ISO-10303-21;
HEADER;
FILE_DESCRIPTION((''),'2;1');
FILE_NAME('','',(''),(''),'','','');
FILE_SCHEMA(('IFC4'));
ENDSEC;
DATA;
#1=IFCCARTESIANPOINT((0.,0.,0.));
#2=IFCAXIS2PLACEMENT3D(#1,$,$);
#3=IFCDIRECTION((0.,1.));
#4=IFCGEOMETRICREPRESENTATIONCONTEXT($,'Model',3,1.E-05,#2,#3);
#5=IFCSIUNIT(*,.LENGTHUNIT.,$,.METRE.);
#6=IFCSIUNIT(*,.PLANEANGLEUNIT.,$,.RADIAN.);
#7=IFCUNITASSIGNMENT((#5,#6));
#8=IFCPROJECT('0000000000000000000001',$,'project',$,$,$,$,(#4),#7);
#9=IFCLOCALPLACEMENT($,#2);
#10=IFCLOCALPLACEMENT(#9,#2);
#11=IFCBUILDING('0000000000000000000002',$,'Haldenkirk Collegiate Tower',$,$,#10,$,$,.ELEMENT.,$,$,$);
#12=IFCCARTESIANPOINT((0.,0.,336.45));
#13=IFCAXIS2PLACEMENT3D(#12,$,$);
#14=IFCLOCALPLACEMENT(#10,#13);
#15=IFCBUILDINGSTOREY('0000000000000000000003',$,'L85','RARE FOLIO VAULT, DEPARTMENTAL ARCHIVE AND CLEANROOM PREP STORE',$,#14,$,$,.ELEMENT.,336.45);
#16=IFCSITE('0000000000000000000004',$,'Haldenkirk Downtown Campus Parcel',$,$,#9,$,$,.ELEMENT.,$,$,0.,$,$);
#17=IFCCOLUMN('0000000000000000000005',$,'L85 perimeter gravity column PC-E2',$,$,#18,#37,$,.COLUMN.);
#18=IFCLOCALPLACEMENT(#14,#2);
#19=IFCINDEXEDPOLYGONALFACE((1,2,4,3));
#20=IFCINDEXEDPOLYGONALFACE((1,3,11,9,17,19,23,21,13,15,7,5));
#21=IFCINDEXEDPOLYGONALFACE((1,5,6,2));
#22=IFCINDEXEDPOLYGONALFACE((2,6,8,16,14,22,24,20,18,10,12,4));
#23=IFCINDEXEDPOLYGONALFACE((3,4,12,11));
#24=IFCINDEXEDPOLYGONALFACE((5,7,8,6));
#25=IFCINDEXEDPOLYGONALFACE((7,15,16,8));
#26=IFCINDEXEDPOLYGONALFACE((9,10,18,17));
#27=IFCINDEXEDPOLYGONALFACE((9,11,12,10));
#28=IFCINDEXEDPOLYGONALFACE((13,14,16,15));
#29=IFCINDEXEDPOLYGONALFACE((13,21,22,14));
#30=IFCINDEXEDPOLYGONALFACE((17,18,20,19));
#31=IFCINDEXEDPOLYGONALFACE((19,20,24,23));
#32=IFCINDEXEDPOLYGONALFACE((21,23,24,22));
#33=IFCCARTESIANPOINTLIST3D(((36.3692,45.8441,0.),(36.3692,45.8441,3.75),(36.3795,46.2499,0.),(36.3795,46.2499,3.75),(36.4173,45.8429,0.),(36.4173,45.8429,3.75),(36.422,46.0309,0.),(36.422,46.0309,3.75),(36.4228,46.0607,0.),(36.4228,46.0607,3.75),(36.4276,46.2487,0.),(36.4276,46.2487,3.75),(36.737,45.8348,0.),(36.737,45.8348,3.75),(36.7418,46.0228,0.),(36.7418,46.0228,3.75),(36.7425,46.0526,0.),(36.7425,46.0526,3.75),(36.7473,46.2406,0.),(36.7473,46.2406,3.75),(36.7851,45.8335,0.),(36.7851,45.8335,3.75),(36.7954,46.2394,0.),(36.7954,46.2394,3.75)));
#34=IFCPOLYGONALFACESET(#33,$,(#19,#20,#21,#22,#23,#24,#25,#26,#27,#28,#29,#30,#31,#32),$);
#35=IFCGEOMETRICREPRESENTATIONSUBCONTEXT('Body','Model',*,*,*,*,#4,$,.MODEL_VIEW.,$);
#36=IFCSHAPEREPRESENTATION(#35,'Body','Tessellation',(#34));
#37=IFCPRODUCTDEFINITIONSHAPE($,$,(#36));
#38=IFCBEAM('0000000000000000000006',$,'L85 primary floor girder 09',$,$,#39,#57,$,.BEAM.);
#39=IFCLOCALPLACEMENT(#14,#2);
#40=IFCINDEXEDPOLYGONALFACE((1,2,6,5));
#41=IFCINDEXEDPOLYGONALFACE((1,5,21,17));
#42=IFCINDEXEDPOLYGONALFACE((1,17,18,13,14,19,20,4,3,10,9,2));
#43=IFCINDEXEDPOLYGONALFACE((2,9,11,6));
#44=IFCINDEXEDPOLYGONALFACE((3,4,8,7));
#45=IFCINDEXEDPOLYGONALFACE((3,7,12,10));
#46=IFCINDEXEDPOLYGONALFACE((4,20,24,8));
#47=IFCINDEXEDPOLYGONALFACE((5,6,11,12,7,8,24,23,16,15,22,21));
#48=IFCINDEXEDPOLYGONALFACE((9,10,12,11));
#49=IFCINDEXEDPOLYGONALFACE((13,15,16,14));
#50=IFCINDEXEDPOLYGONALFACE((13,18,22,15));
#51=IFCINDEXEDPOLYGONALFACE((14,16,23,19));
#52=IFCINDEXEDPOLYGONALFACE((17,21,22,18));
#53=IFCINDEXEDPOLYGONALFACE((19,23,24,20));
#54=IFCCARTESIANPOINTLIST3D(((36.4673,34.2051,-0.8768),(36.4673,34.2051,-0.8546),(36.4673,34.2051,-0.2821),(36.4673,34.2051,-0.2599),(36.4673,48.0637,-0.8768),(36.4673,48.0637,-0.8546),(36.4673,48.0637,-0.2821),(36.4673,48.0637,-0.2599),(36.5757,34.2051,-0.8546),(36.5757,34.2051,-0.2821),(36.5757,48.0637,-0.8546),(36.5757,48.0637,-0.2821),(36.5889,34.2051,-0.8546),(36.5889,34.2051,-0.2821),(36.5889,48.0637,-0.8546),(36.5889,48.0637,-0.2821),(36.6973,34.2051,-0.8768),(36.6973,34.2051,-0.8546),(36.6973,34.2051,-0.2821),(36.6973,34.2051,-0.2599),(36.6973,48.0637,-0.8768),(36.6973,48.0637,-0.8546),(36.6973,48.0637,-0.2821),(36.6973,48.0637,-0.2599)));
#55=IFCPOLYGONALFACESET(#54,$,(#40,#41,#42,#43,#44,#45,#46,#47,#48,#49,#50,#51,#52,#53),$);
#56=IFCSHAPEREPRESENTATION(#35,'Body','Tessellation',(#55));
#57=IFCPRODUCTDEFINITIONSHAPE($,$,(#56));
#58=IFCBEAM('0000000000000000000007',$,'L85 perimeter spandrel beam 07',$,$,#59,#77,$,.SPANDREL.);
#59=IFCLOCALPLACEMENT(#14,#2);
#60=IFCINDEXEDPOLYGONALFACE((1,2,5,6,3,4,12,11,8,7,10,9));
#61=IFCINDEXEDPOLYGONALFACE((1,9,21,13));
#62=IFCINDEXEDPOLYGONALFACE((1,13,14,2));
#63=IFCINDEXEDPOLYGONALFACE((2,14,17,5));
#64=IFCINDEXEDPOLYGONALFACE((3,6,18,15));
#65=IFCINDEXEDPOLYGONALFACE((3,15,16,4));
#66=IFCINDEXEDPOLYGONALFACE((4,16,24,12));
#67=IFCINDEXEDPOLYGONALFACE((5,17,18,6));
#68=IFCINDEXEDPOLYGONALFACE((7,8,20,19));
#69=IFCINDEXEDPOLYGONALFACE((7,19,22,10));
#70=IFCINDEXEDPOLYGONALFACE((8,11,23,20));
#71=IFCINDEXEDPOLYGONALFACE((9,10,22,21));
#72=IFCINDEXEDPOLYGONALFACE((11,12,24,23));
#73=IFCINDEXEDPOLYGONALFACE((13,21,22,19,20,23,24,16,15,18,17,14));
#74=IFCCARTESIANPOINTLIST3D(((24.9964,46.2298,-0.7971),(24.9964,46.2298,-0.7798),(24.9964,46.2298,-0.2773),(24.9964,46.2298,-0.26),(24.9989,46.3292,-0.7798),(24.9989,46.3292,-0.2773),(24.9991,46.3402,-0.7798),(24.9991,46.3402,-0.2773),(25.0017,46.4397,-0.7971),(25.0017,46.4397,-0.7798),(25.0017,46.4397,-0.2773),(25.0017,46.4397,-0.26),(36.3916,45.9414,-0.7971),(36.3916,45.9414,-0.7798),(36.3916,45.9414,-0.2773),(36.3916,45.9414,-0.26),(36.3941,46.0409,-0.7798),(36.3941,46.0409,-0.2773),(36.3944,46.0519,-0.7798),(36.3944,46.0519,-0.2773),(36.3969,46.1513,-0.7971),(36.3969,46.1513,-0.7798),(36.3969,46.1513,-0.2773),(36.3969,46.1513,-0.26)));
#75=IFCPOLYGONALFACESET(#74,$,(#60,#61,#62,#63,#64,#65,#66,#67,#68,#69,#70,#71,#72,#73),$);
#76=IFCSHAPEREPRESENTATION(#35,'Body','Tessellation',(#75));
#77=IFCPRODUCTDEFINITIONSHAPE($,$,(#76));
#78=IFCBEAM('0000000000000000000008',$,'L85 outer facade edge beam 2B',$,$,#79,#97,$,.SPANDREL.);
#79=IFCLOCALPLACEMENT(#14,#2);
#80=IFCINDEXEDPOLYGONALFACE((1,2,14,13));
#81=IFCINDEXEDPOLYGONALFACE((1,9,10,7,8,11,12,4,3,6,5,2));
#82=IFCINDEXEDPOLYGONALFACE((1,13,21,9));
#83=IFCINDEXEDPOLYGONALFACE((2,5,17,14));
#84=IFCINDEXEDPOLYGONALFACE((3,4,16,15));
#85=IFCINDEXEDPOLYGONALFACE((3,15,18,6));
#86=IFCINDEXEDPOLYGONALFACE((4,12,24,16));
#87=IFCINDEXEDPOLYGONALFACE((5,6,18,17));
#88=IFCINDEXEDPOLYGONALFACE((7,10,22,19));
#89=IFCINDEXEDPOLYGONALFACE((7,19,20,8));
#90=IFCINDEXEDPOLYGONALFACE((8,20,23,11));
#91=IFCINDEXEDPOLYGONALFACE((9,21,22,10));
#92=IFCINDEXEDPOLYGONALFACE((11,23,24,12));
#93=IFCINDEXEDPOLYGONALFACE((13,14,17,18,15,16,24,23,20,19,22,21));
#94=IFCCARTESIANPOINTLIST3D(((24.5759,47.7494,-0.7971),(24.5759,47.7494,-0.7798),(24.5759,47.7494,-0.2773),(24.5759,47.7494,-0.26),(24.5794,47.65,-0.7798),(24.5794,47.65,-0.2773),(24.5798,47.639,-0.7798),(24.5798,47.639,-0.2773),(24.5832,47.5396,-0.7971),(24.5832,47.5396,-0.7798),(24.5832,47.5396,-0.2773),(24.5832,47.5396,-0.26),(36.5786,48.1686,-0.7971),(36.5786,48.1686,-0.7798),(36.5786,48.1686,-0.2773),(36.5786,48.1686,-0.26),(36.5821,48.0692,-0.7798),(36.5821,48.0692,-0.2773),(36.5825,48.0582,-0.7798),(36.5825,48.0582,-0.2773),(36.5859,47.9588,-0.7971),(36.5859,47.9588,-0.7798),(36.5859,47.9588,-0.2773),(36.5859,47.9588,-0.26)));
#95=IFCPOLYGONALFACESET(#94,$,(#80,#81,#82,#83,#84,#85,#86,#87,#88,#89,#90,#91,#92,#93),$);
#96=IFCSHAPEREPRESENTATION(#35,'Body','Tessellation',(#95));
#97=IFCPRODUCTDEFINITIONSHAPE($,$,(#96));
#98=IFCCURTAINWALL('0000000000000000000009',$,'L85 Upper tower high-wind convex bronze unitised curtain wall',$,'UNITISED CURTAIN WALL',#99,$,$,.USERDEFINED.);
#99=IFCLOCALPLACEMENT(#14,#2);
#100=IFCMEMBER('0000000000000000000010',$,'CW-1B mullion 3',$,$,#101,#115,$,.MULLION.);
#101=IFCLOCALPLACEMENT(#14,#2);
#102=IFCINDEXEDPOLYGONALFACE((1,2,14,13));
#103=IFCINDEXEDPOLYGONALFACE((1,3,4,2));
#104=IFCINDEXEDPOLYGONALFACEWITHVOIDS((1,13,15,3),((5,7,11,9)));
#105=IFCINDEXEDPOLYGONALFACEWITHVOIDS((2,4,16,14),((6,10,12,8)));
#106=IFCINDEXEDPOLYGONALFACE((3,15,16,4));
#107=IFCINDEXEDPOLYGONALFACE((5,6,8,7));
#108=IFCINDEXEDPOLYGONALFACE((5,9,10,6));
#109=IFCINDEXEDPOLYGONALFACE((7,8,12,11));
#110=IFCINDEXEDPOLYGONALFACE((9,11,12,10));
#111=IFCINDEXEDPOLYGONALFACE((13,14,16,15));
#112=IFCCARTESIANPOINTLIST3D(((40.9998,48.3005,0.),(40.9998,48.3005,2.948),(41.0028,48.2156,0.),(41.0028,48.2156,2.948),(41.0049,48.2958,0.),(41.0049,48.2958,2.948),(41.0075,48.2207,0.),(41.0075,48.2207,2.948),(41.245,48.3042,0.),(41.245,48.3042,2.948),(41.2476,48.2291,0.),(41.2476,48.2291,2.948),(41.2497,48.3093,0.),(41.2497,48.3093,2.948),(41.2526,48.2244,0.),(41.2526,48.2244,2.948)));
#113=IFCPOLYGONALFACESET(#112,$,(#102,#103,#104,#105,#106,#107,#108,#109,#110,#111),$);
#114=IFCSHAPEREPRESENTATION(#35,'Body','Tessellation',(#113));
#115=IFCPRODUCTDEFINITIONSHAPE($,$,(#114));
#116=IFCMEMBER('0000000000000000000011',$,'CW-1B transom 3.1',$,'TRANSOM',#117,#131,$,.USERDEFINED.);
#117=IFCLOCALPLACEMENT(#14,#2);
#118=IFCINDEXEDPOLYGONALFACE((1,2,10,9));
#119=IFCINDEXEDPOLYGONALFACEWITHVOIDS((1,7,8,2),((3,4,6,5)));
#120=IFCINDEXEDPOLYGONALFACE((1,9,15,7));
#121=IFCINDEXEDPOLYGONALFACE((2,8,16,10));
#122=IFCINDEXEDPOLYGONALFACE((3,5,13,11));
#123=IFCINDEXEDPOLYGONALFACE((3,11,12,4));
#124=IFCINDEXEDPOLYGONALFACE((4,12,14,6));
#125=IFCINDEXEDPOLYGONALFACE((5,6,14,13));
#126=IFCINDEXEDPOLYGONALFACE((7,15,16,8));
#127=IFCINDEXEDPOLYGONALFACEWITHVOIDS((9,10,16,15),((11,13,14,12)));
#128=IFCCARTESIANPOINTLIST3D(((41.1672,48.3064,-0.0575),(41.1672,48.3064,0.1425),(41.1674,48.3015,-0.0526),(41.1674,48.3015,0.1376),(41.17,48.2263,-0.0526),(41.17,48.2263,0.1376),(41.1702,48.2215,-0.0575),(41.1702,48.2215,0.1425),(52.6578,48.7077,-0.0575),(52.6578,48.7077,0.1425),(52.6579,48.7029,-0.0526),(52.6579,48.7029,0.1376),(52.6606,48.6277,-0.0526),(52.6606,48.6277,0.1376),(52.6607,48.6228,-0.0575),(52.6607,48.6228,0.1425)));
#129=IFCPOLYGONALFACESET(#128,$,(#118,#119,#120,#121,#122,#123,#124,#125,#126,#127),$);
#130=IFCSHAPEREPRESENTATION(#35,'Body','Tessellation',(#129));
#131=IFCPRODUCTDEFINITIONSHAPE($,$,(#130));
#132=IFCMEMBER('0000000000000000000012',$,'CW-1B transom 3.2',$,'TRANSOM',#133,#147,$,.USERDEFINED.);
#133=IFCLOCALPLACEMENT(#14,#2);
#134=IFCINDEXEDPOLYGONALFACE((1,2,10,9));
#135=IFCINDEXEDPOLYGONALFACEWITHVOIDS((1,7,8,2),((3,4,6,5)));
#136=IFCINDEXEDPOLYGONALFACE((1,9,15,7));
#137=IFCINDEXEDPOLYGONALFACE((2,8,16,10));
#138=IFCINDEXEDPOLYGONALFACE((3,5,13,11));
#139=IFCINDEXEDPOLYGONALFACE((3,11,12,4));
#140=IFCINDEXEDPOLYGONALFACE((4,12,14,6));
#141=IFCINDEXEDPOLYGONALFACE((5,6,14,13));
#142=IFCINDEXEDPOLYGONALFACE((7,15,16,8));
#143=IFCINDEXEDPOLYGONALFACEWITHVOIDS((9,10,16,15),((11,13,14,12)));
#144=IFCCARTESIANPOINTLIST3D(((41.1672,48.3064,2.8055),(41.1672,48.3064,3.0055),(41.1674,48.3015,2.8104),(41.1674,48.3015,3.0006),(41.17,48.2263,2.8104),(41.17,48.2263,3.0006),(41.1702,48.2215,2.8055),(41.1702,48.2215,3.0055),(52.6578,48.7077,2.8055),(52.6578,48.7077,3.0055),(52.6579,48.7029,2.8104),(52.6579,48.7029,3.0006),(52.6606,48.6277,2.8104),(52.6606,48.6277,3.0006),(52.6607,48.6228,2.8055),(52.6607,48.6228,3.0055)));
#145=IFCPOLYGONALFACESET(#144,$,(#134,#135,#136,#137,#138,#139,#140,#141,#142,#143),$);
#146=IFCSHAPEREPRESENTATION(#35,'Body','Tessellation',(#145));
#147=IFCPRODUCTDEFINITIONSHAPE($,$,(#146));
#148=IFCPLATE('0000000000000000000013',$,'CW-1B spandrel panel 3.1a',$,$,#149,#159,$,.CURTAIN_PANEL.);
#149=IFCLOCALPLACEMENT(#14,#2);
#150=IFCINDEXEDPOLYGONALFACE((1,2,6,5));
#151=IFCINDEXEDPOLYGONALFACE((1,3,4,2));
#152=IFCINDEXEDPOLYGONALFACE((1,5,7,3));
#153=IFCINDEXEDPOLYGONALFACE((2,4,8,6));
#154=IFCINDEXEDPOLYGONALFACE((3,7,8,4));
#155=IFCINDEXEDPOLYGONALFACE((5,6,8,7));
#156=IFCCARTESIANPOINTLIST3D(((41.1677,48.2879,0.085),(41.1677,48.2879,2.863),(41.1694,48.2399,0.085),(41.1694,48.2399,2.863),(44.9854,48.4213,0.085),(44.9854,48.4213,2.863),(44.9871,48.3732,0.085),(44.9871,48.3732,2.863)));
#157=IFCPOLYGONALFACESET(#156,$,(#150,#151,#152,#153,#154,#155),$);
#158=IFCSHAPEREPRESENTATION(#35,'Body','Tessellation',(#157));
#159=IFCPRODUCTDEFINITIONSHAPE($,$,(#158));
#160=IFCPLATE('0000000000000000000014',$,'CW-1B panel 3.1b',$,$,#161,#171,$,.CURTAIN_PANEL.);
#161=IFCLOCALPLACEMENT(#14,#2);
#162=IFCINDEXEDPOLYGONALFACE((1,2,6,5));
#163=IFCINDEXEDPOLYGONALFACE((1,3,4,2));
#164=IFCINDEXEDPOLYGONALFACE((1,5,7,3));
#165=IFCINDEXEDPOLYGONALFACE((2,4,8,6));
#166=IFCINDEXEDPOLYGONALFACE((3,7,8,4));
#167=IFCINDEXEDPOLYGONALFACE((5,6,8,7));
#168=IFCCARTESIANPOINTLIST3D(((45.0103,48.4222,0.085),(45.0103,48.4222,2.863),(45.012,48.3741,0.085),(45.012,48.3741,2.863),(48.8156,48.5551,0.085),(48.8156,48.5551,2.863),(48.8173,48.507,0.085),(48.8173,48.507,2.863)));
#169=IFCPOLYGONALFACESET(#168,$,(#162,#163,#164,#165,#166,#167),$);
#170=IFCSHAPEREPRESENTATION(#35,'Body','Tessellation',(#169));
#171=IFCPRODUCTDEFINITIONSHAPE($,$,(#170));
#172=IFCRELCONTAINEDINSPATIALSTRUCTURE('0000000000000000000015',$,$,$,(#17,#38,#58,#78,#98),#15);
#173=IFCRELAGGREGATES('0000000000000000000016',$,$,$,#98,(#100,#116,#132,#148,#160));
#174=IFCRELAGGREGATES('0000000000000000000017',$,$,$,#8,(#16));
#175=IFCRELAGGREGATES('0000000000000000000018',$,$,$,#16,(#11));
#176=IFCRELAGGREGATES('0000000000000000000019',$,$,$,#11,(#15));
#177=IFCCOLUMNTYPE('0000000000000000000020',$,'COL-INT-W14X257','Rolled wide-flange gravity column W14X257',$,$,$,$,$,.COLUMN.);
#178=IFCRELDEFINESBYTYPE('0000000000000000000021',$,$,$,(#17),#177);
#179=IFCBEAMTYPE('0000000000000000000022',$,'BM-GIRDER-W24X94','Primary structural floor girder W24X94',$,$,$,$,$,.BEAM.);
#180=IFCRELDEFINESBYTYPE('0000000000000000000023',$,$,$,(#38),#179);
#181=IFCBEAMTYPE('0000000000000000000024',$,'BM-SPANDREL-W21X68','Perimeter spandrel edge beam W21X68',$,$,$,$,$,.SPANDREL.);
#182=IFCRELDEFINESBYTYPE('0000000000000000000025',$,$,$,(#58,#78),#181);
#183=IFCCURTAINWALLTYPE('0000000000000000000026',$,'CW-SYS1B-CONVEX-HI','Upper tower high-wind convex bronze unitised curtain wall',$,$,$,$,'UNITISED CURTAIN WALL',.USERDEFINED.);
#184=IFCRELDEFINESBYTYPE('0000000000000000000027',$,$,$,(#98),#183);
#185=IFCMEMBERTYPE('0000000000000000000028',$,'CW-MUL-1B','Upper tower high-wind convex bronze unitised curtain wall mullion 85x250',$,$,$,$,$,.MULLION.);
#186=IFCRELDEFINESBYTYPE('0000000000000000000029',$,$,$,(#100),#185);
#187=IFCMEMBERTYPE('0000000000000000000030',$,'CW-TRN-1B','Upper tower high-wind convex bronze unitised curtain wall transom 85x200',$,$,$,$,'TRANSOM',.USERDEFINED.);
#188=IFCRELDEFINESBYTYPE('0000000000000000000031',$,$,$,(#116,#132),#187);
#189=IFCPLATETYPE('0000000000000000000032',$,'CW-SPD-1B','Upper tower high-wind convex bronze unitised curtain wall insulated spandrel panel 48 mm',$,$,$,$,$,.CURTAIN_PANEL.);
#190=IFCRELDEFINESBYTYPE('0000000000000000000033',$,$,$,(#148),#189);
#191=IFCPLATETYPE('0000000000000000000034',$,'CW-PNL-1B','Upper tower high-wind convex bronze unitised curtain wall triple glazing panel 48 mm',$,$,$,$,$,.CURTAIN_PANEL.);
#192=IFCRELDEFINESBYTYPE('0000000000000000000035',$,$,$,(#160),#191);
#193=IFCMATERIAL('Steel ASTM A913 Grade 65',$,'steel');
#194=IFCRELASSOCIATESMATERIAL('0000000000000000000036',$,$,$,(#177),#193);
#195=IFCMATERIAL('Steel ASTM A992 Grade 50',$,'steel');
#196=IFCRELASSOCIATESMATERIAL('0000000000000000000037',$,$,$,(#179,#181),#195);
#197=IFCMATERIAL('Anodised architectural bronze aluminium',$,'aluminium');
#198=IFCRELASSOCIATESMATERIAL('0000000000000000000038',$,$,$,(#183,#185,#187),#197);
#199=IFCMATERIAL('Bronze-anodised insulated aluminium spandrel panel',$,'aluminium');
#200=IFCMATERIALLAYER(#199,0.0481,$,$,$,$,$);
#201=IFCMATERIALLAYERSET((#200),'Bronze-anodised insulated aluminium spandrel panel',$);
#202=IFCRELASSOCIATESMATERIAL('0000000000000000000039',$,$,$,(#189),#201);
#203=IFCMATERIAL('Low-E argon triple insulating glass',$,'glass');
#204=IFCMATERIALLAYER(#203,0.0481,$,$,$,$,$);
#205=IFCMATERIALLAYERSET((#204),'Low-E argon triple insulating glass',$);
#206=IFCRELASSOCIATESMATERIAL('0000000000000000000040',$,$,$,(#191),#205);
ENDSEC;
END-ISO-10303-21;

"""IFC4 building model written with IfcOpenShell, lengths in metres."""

from ifc_helpers import new_model, si_unit, direction, frame, origin, origin_2d, place, context, subcontext, project, spatial, rectangle, hollow_rectangle, i_section, extrude, source, transform, mapped, material, layer, layer_set, material_profile, profile_set, type_object, element, aggregate, save


model = new_model("IFC4")

# Units and contexts
model_context = context("Model", 3, precision=1e-05, world=origin(), true_north=direction((0.0, 1.0)))
body_context = subcontext(model_context, "Body", "Model", "MODEL_VIEW")
ifc_project = project(units=[si_unit("LENGTHUNIT", "METRE"), si_unit("PLANEANGLEUNIT", "RADIAN")], contexts=[model_context])

# Site, building, storey
site_placement = place(None, origin())
site = spatial("IfcSite", under=ifc_project, at=site_placement, Name="Haldenkirk Downtown Campus Parcel", CompositionType="ELEMENT", RefElevation=0.0)
building_placement = place(site_placement, origin())
building = spatial("IfcBuilding", under=site, at=building_placement, Name="Haldenkirk Collegiate Tower", CompositionType="ELEMENT")
storey_placement = place(building_placement, frame((0.0, 0.0, 336.45)))
storey = spatial("IfcBuildingStorey", under=building, at=storey_placement, Name="L85", Description="RARE FOLIO VAULT, DEPARTMENTAL ARCHIVE AND CLEANROOM PREP STORE", CompositionType="ELEMENT", Elevation=336.45)

# Column
ifc_material_1 = material(Name="Steel ASTM A913 Grade 65", Category="steel")
ifc_material_profile_1 = material_profile(ifc_material_1, i_section(OverallWidth=0.406, OverallDepth=0.416, WebThickness=0.0298, FlangeThickness=0.0481, at=origin_2d()), Name="W14X257")
ifc_profile_set_1 = profile_set([ifc_material_profile_1], Name="Steel ASTM A913 Grade 65")
column_type = type_object("IfcColumnType", Name="COL-INT-W14X257", Description="Rolled wide-flange gravity column W14X257", PredefinedType="COLUMN", material=ifc_profile_set_1)
column_placement = place(storey_placement, frame((36.5823, 46.0417, 0.0), z_axis=(0.0, 0.0, 1.0), x_axis=(0.025305, 0.99968, 0.0)))
element("IfcColumn", 1, at=column_placement, inside=storey, type_object=column_type, Name="L85 perimeter gravity column PC-E2", PredefinedType="COLUMN", context=body_context, shape_type="SweptSolid", body=[
    extrude(i_section(OverallWidth=0.406, OverallDepth=0.416, WebThickness=0.0298, FlangeThickness=0.0481, at=origin_2d()), origin(), (0.0, 0.0, 1.0), 3.75),
])

# Beams
ifc_material_2 = material(Name="Steel ASTM A992 Grade 50", Category="steel")
ifc_material_profile_2 = material_profile(ifc_material_2, i_section(OverallWidth=0.23, OverallDepth=0.6169, WebThickness=0.0132, FlangeThickness=0.0222, at=origin_2d()), Name="W24X94")
ifc_profile_set_2 = profile_set([ifc_material_profile_2], Name="Steel ASTM A992 Grade 50")
beam_type_1 = type_object("IfcBeamType", Name="BM-GIRDER-W24X94", Description="Primary structural floor girder W24X94", PredefinedType="BEAM", material=ifc_profile_set_2)
beam_1_placement = place(storey_placement, frame((36.5823, 48.0637, -0.5684), z_axis=(0.0, -1.0, 0.0), x_axis=(1.0, 0.0, 0.0)))
element("IfcBeam", 2, at=beam_1_placement, inside=storey, type_object=beam_type_1, Name="L85 primary floor girder 09", PredefinedType="BEAM", context=body_context, shape_type="SweptSolid", body=[
    extrude(i_section(OverallWidth=0.23, OverallDepth=0.6169, WebThickness=0.0132, FlangeThickness=0.0222, at=origin_2d()), origin(), (0.0, 0.0, 1.0), 13.8586),
])
ifc_material_profile_3 = material_profile(ifc_material_2, i_section(OverallWidth=0.21, OverallDepth=0.5371, WebThickness=0.011, FlangeThickness=0.0173, at=origin_2d()), Name="W21X68")
ifc_profile_set_3 = profile_set([ifc_material_profile_3], Name="Steel ASTM A992 Grade 50")
beam_type_2 = type_object("IfcBeamType", Name="BM-SPANDREL-W21X68", Description="Perimeter spandrel edge beam W21X68", PredefinedType="SPANDREL", material=ifc_profile_set_3)
beam_2_placement = place(storey_placement, frame((36.3943, 46.0464, -0.5286), z_axis=(-0.99968, 0.025295, 0.0), x_axis=(-0.025295, -0.99968, 0.0)))
element("IfcBeam", 3, at=beam_2_placement, inside=storey, type_object=beam_type_2, Name="L85 perimeter spandrel beam 07", PredefinedType="SPANDREL", context=body_context, shape_type="SweptSolid", body=[
    extrude(i_section(OverallWidth=0.21, OverallDepth=0.5371, WebThickness=0.011, FlangeThickness=0.0173, at=origin_2d()), origin(), (0.0, 0.0, 1.0), 11.3989),
])
beam_3_placement = place(storey_placement, frame((36.5823, 48.0637, -0.5286), z_axis=(-0.999391, -0.034903, 0.0), x_axis=(0.034903, -0.999391, 0.0)))
element("IfcBeam", 4, at=beam_3_placement, inside=storey, type_object=beam_type_2, Name="L85 outer facade edge beam 2B", PredefinedType="SPANDREL", context=body_context, shape_type="SweptSolid", body=[
    extrude(i_section(OverallWidth=0.21, OverallDepth=0.5371, WebThickness=0.011, FlangeThickness=0.0173, at=origin_2d()), origin(), (0.0, 0.0, 1.0), 12.01),
])

# Curtain wall, members, plates
ifc_material_3 = material(Name="Anodised architectural bronze aluminium", Category="aluminium")
curtain_wall_type = type_object("IfcCurtainWallType", Name="CW-SYS1B-CONVEX-HI", Description="Upper tower high-wind convex bronze unitised curtain wall", ElementType="UNITISED CURTAIN WALL", PredefinedType="USERDEFINED", material=ifc_material_3)
curtain_wall_placement = place(storey_placement, origin())
curtain_wall = element("IfcCurtainWall", 5, at=curtain_wall_placement, inside=storey, type_object=curtain_wall_type, Name="L85 Upper tower high-wind convex bronze unitised curtain wall", ObjectType="UNITISED CURTAIN WALL", PredefinedType="USERDEFINED")
ifc_material_profile_4 = material_profile(ifc_material_3, hollow_rectangle(XDim=0.085, YDim=0.25, WallThickness=0.0049, at=origin_2d()), Name="CW-MUL-1B")
ifc_profile_set_4 = profile_set([ifc_material_profile_4], Name="Anodised architectural bronze aluminium")
member_type_1 = type_object("IfcMemberType", Name="CW-MUL-1B", Description="Upper tower high-wind convex bronze unitised curtain wall mullion 85x250", PredefinedType="MULLION", material=ifc_profile_set_4)
member_1_placement = place(storey_placement, frame((41.1262, 48.2625, 0.0), z_axis=(0.0, 0.0, 1.0), x_axis=(-0.034902, 0.999391, 0.0)))
member_1 = element("IfcMember", 6, at=member_1_placement, type_object=member_type_1, Name="CW-1B mullion 3", PredefinedType="MULLION", context=body_context, shape_type="SweptSolid", body=[
    extrude(hollow_rectangle(XDim=0.085, YDim=0.25, WallThickness=0.0049, at=origin_2d()), origin(), (0.0, 0.0, 1.0), 2.948),
])
ifc_material_profile_5 = material_profile(ifc_material_3, hollow_rectangle(XDim=0.085, YDim=0.2, WallThickness=0.0049, at=origin_2d()), Name="CW-TRN-1B")
ifc_profile_set_5 = profile_set([ifc_material_profile_5], Name="Anodised architectural bronze aluminium")
member_type_2 = type_object("IfcMemberType", Name="CW-TRN-1B", Description="Upper tower high-wind convex bronze unitised curtain wall transom 85x200", ElementType="TRANSOM", PredefinedType="USERDEFINED", material=ifc_profile_set_5)
member_2_placement = place(storey_placement, frame((41.1687, 48.2639, 0.0425), z_axis=(0.99939, 0.034909, 0.0), x_axis=(-0.034909, 0.99939, 0.0)))
member_2 = element("IfcMember", 7, at=member_2_placement, type_object=member_type_2, Name="CW-1B transom 3.1", ObjectType="TRANSOM", PredefinedType="USERDEFINED", context=body_context, shape_type="SweptSolid", body=[
    extrude(hollow_rectangle(XDim=0.085, YDim=0.2, WallThickness=0.0049, at=origin_2d()), origin(), (0.0, 0.0, 1.0), 11.4976),
])
member_3_placement = place(storey_placement, frame((41.1687, 48.2639, 2.9055), z_axis=(0.99939, 0.034909, 0.0), x_axis=(-0.034909, 0.99939, 0.0)))
member_3 = element("IfcMember", 8, at=member_3_placement, type_object=member_type_2, Name="CW-1B transom 3.2", ObjectType="TRANSOM", PredefinedType="USERDEFINED", context=body_context, shape_type="SweptSolid", body=[
    extrude(hollow_rectangle(XDim=0.085, YDim=0.2, WallThickness=0.0049, at=origin_2d()), origin(), (0.0, 0.0, 1.0), 11.4976),
])
ifc_material_4 = material(Name="Bronze-anodised insulated aluminium spandrel panel", Category="aluminium")
ifc_layer_1 = layer(ifc_material_4, 0.0481)
ifc_layer_set_1 = layer_set([ifc_layer_1], Name="Bronze-anodised insulated aluminium spandrel panel")
plate_type_1 = type_object("IfcPlateType", Name="CW-SPD-1B", Description="Upper tower high-wind convex bronze unitised curtain wall insulated spandrel panel 48 mm", PredefinedType="CURTAIN_PANEL", material=ifc_layer_set_1)
shared_shape_1 = source(origin(), body_context, "Body", "SweptSolid", [
    extrude(rectangle(XDim=3.8201, YDim=0.0481, at=origin_2d()), origin(), (0.0, 0.0, 1.0), 2.7781),
])
plate_1_placement = place(storey_placement, frame((43.0774, 48.3306, 0.085), z_axis=(0.0, 0.0, 1.0), x_axis=(0.999391, 0.034902, 0.0)))
plate_1 = element("IfcPlate", 9, at=plate_1_placement, type_object=plate_type_1, Name="CW-1B spandrel panel 3.1a", PredefinedType="CURTAIN_PANEL", context=body_context, shape_type="MappedRepresentation", body=[
    mapped(shared_shape_1, transform((0.0, 0.0, 0.0), x_axis=(1.0, 0.0, 0.0), y_axis=(0.0, 1.0, 0.0), z_axis=(0.0, 0.0, 1.0), scale=1.0)),
])
ifc_material_5 = material(Name="Low-E argon triple insulating glass", Category="glass")
ifc_layer_2 = layer(ifc_material_5, 0.0481)
ifc_layer_set_2 = layer_set([ifc_layer_2], Name="Low-E argon triple insulating glass")
plate_type_2 = type_object("IfcPlateType", Name="CW-PNL-1B", Description="Upper tower high-wind convex bronze unitised curtain wall triple glazing panel 48 mm", PredefinedType="CURTAIN_PANEL", material=ifc_layer_set_2)
shared_shape_2 = source(origin(), body_context, "Body", "SweptSolid", [
    extrude(rectangle(XDim=3.8076, YDim=0.0481, at=origin_2d()), origin(), (0.0, 0.0, 1.0), 2.7781),
])
plate_2_placement = place(storey_placement, frame((46.9138, 48.4646, 0.085), z_axis=(0.0, 0.0, 1.0), x_axis=(0.999391, 0.034902, 0.0)))
plate_2 = element("IfcPlate", 10, at=plate_2_placement, type_object=plate_type_2, Name="CW-1B panel 3.1b", PredefinedType="CURTAIN_PANEL", context=body_context, shape_type="MappedRepresentation", body=[
    mapped(shared_shape_2, transform((0.0, 0.0, 0.0), x_axis=(1.0, 0.0, 0.0), y_axis=(0.0, 1.0, 0.0), z_axis=(0.0, 0.0, 1.0), scale=1.0)),
])
aggregate(curtain_wall, [member_1, member_2, member_3, plate_1, plate_2])

save(model, "model.ifc")
